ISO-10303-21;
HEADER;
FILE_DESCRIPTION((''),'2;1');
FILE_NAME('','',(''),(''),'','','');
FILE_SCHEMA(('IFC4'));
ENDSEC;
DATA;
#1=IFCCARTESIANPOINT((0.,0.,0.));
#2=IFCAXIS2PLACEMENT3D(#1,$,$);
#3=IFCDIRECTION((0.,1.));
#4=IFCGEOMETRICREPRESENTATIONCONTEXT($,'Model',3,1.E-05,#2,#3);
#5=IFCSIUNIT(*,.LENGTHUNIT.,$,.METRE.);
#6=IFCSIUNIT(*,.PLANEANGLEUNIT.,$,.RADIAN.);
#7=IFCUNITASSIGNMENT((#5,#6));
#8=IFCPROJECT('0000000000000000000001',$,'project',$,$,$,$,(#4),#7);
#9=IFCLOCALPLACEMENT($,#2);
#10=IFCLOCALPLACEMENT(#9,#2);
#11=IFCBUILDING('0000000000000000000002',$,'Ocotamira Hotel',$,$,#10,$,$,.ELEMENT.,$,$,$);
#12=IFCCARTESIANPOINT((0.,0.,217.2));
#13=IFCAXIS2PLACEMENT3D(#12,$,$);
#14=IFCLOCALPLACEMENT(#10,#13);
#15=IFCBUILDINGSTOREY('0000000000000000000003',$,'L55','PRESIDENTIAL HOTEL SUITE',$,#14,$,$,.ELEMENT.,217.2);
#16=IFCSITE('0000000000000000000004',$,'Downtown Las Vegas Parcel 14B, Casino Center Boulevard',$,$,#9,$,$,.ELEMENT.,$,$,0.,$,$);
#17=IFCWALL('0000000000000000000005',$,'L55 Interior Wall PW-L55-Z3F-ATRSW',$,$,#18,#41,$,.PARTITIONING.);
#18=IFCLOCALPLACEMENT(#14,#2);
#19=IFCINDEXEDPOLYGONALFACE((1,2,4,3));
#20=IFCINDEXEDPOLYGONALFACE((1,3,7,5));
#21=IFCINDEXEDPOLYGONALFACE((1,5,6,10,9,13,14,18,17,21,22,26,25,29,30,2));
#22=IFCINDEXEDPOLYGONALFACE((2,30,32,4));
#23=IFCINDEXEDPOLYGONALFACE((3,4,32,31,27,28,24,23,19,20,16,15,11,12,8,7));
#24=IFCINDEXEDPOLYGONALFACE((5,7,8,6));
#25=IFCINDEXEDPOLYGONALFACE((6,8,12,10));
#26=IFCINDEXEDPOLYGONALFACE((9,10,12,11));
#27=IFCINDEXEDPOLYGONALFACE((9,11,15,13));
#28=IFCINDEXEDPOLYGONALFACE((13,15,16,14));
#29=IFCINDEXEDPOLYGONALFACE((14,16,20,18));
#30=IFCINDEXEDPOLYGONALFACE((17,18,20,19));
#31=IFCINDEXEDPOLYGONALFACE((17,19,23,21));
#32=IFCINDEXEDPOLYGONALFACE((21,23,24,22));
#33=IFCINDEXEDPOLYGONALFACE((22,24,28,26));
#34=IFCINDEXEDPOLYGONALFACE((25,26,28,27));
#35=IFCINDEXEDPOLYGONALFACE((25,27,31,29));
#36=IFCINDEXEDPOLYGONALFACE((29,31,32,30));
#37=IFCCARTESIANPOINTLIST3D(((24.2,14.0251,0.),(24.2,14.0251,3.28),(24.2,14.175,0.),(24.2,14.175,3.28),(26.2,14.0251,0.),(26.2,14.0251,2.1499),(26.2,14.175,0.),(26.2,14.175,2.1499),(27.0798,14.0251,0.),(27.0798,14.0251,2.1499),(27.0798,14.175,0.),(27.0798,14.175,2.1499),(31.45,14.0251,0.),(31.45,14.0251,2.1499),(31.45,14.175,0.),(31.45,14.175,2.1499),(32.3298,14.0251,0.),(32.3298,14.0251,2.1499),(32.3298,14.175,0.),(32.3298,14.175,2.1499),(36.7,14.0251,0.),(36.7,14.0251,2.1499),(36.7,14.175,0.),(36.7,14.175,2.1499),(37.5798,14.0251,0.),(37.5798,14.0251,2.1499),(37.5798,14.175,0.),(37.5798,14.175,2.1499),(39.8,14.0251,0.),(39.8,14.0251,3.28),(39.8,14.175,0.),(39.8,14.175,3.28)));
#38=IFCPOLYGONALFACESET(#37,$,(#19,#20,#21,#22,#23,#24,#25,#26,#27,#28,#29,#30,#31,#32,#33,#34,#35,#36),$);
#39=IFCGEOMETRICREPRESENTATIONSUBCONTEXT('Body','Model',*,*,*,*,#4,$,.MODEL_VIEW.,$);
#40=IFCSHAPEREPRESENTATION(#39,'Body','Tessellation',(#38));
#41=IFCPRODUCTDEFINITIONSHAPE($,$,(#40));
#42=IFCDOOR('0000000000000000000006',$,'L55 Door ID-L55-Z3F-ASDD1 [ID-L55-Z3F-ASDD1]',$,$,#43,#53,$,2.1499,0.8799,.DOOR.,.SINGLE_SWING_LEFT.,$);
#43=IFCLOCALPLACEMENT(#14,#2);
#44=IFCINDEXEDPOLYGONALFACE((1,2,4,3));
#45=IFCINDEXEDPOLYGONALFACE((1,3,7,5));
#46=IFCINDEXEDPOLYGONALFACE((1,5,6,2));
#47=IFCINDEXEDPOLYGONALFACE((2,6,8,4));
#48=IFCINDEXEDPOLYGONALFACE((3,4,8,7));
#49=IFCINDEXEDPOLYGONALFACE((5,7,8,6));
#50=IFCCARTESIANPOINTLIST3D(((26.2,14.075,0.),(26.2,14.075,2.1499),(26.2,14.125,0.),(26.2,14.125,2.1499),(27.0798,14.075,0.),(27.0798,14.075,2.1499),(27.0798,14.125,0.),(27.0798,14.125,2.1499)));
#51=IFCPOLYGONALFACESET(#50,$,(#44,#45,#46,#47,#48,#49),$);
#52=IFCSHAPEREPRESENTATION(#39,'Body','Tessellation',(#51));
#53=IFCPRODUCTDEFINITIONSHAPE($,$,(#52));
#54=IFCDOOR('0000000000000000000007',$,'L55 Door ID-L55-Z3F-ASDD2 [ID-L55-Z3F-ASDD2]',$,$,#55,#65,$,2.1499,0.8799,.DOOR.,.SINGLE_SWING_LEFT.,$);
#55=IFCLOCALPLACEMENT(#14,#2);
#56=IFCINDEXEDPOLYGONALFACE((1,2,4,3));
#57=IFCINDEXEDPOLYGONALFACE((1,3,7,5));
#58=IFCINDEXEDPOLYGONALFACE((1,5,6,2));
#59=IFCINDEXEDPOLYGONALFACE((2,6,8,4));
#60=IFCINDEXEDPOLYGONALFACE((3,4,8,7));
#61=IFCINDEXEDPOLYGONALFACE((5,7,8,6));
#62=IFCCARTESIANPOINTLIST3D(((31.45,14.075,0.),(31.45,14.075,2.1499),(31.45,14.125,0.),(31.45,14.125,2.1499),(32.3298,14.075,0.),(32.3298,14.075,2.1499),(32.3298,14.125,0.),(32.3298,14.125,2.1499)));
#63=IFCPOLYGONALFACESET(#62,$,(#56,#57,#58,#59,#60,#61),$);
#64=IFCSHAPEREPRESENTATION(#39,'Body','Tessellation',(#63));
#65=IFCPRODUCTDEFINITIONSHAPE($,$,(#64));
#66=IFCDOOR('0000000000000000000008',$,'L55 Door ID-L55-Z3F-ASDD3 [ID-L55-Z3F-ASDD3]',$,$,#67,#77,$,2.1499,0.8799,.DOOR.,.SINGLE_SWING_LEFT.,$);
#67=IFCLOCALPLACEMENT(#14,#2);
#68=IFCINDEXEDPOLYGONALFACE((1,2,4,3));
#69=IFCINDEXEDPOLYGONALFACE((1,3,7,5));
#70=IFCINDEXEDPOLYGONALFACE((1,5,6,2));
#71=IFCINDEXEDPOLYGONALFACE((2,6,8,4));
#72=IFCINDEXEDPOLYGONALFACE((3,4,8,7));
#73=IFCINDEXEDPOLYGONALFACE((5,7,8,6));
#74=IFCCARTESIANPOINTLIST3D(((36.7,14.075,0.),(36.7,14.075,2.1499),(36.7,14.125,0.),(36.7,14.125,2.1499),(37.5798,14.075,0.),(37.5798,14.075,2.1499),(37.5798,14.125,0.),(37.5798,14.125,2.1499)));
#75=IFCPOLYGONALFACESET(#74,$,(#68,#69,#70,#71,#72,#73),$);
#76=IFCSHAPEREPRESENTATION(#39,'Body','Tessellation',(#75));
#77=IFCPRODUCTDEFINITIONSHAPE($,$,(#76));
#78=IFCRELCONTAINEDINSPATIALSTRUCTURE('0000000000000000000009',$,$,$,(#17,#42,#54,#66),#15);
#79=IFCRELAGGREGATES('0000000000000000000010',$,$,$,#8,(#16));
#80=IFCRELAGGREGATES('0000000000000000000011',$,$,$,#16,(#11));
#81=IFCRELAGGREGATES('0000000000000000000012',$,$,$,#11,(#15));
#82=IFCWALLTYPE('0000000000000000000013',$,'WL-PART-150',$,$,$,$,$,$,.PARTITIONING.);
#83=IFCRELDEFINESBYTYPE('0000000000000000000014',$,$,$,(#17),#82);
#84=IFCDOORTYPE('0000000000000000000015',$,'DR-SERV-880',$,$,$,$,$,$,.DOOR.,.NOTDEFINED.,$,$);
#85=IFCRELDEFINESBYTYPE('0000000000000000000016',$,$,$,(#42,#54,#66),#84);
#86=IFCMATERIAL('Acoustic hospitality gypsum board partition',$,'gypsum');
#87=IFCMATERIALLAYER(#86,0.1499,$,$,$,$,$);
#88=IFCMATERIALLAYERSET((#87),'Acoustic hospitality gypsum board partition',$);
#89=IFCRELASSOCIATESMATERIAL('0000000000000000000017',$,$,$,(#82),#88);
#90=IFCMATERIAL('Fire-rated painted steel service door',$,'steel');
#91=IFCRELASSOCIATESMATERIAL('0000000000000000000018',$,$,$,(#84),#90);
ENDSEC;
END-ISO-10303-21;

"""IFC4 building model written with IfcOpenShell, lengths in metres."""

from ifc_helpers import new_model, si_unit, direction, frame, frame_2d, origin, place, context, subcontext, project, spatial, rectangle, extrude, source, transform, mapped, material, layer, layer_set, type_object, element, fill, save


model = new_model("IFC4")

# Units and contexts
model_context = context("Model", 3, precision=1e-05, world=origin(), true_north=direction((0.0, 1.0)))
body_context = subcontext(model_context, "Body", "Model", "MODEL_VIEW")
ifc_project = project(units=[si_unit("LENGTHUNIT", "METRE"), si_unit("PLANEANGLEUNIT", "RADIAN")], contexts=[model_context])

# Site, building, storey
site_placement = place(None, origin())
site = spatial("IfcSite", under=ifc_project, at=site_placement, Name="Downtown Las Vegas Parcel 14B, Casino Center Boulevard", CompositionType="ELEMENT", RefElevation=0.0)
building_placement = place(site_placement, origin())
building = spatial("IfcBuilding", under=site, at=building_placement, Name="Ocotamira Hotel", CompositionType="ELEMENT")
storey_placement = place(building_placement, frame((0.0, 0.0, 217.2)))
storey = spatial("IfcBuildingStorey", under=building, at=storey_placement, Name="L55", Description="PRESIDENTIAL HOTEL SUITE", CompositionType="ELEMENT", Elevation=217.2)

# Shared definitions
ifc_material_1 = material(Name="Acoustic hospitality gypsum board partition", Category="gypsum")

# Wall, openings, doors
ifc_layer_1 = layer(ifc_material_1, 0.1499)
ifc_layer_set_1 = layer_set([ifc_layer_1], Name="Acoustic hospitality gypsum board partition")
wall_type_1 = type_object("IfcWallType", Name="WL-PART-150", PredefinedType="PARTITIONING", material=ifc_layer_set_1)
wall_1_placement = place(storey_placement, frame((24.2, 14.1001, 0.0), z_axis=(0.0, 0.0, 1.0), x_axis=(1.0, 0.0, 0.0)))
wall_1 = element("IfcWall", 1, at=wall_1_placement, inside=storey, type_object=wall_type_1, Name="L55 Interior Wall PW-L55-Z3F-ATRSW", PredefinedType="PARTITIONING", context=body_context, shape_type="SweptSolid", body=[
    extrude(rectangle(XDim=15.6001, YDim=0.1499, at=frame_2d((7.8, 0.0))), origin(), (0.0, 0.0, 1.0), 3.28),
])
opening_1_placement = place(wall_1_placement, frame((2.0, 0.0, 0.0)))
opening_1 = element("IfcOpeningElement", 2, at=opening_1_placement, cuts=wall_1, PredefinedType="OPENING", context=body_context, shape_type="SweptSolid", body=[
    extrude(rectangle(XDim=0.8799, YDim=2.1499, at=frame_2d((0.4399, 1.075))), frame((0.0, 0.085, 0.0), z_axis=(0.0, -1.0, 0.0), x_axis=(1.0, 0.0, 0.0)), (0.0, 0.0, 1.0), 0.1699),
])
opening_2_placement = place(wall_1_placement, frame((7.25, 0.0, 0.0)))
opening_2 = element("IfcOpeningElement", 3, at=opening_2_placement, cuts=wall_1, PredefinedType="OPENING", context=body_context, shape_type="SweptSolid", body=[
    extrude(rectangle(XDim=0.8799, YDim=2.1499, at=frame_2d((0.4399, 1.075))), frame((0.0, 0.085, 0.0), z_axis=(0.0, -1.0, 0.0), x_axis=(1.0, 0.0, 0.0)), (0.0, 0.0, 1.0), 0.1699),
])
opening_3_placement = place(wall_1_placement, frame((12.5, 0.0, 0.0)))
opening_3 = element("IfcOpeningElement", 4, at=opening_3_placement, cuts=wall_1, PredefinedType="OPENING", context=body_context, shape_type="SweptSolid", body=[
    extrude(rectangle(XDim=0.8799, YDim=2.1499, at=frame_2d((0.4399, 1.075))), frame((0.0, 0.085, 0.0), z_axis=(0.0, -1.0, 0.0), x_axis=(1.0, 0.0, 0.0)), (0.0, 0.0, 1.0), 0.1699),
])
ifc_material_2 = material(Name="Fire-rated painted steel service door", Category="steel")
door_type_1 = type_object("IfcDoorType", Name="DR-SERV-880", OperationType="NOTDEFINED", PredefinedType="DOOR", material=ifc_material_2)
shared_shape_1 = source(origin(), body_context, "Body", "SweptSolid", [
    extrude(rectangle(XDim=0.8799, YDim=2.1499, at=frame_2d((0.4399, 1.075))), frame((0.0, 0.0249, 0.0), z_axis=(0.0, -1.0, 0.0), x_axis=(1.0, 0.0, 0.0)), (0.0, 0.0, 1.0), 0.05),
])
door_1_placement = place(opening_1_placement, origin())
door_1 = element("IfcDoor", 5, at=door_1_placement, inside=storey, type_object=door_type_1, Name="L55 Door ID-L55-Z3F-ASDD1 [ID-L55-Z3F-ASDD1]", OperationType="SINGLE_SWING_LEFT", OverallHeight=2.1499, OverallWidth=0.8799, PredefinedType="DOOR", context=body_context, shape_type="MappedRepresentation", body=[
    mapped(shared_shape_1, transform((0.0, 0.0, 0.0), scale=1.0)),
])
fill(opening_1, door_1)
door_2_placement = place(opening_2_placement, origin())
door_2 = element("IfcDoor", 6, at=door_2_placement, inside=storey, type_object=door_type_1, Name="L55 Door ID-L55-Z3F-ASDD2 [ID-L55-Z3F-ASDD2]", OperationType="SINGLE_SWING_LEFT", OverallHeight=2.1499, OverallWidth=0.8799, PredefinedType="DOOR", context=body_context, shape_type="MappedRepresentation", body=[
    mapped(shared_shape_1, transform((0.0, 0.0, 0.0), scale=1.0)),
])
fill(opening_2, door_2)
door_3_placement = place(opening_3_placement, origin())
door_3 = element("IfcDoor", 7, at=door_3_placement, inside=storey, type_object=door_type_1, Name="L55 Door ID-L55-Z3F-ASDD3 [ID-L55-Z3F-ASDD3]", OperationType="SINGLE_SWING_LEFT", OverallHeight=2.1499, OverallWidth=0.8799, PredefinedType="DOOR", context=body_context, shape_type="MappedRepresentation", body=[
    mapped(shared_shape_1, transform((0.0, 0.0, 0.0), scale=1.0)),
])
fill(opening_3, door_3)

save(model, "model.ifc")
